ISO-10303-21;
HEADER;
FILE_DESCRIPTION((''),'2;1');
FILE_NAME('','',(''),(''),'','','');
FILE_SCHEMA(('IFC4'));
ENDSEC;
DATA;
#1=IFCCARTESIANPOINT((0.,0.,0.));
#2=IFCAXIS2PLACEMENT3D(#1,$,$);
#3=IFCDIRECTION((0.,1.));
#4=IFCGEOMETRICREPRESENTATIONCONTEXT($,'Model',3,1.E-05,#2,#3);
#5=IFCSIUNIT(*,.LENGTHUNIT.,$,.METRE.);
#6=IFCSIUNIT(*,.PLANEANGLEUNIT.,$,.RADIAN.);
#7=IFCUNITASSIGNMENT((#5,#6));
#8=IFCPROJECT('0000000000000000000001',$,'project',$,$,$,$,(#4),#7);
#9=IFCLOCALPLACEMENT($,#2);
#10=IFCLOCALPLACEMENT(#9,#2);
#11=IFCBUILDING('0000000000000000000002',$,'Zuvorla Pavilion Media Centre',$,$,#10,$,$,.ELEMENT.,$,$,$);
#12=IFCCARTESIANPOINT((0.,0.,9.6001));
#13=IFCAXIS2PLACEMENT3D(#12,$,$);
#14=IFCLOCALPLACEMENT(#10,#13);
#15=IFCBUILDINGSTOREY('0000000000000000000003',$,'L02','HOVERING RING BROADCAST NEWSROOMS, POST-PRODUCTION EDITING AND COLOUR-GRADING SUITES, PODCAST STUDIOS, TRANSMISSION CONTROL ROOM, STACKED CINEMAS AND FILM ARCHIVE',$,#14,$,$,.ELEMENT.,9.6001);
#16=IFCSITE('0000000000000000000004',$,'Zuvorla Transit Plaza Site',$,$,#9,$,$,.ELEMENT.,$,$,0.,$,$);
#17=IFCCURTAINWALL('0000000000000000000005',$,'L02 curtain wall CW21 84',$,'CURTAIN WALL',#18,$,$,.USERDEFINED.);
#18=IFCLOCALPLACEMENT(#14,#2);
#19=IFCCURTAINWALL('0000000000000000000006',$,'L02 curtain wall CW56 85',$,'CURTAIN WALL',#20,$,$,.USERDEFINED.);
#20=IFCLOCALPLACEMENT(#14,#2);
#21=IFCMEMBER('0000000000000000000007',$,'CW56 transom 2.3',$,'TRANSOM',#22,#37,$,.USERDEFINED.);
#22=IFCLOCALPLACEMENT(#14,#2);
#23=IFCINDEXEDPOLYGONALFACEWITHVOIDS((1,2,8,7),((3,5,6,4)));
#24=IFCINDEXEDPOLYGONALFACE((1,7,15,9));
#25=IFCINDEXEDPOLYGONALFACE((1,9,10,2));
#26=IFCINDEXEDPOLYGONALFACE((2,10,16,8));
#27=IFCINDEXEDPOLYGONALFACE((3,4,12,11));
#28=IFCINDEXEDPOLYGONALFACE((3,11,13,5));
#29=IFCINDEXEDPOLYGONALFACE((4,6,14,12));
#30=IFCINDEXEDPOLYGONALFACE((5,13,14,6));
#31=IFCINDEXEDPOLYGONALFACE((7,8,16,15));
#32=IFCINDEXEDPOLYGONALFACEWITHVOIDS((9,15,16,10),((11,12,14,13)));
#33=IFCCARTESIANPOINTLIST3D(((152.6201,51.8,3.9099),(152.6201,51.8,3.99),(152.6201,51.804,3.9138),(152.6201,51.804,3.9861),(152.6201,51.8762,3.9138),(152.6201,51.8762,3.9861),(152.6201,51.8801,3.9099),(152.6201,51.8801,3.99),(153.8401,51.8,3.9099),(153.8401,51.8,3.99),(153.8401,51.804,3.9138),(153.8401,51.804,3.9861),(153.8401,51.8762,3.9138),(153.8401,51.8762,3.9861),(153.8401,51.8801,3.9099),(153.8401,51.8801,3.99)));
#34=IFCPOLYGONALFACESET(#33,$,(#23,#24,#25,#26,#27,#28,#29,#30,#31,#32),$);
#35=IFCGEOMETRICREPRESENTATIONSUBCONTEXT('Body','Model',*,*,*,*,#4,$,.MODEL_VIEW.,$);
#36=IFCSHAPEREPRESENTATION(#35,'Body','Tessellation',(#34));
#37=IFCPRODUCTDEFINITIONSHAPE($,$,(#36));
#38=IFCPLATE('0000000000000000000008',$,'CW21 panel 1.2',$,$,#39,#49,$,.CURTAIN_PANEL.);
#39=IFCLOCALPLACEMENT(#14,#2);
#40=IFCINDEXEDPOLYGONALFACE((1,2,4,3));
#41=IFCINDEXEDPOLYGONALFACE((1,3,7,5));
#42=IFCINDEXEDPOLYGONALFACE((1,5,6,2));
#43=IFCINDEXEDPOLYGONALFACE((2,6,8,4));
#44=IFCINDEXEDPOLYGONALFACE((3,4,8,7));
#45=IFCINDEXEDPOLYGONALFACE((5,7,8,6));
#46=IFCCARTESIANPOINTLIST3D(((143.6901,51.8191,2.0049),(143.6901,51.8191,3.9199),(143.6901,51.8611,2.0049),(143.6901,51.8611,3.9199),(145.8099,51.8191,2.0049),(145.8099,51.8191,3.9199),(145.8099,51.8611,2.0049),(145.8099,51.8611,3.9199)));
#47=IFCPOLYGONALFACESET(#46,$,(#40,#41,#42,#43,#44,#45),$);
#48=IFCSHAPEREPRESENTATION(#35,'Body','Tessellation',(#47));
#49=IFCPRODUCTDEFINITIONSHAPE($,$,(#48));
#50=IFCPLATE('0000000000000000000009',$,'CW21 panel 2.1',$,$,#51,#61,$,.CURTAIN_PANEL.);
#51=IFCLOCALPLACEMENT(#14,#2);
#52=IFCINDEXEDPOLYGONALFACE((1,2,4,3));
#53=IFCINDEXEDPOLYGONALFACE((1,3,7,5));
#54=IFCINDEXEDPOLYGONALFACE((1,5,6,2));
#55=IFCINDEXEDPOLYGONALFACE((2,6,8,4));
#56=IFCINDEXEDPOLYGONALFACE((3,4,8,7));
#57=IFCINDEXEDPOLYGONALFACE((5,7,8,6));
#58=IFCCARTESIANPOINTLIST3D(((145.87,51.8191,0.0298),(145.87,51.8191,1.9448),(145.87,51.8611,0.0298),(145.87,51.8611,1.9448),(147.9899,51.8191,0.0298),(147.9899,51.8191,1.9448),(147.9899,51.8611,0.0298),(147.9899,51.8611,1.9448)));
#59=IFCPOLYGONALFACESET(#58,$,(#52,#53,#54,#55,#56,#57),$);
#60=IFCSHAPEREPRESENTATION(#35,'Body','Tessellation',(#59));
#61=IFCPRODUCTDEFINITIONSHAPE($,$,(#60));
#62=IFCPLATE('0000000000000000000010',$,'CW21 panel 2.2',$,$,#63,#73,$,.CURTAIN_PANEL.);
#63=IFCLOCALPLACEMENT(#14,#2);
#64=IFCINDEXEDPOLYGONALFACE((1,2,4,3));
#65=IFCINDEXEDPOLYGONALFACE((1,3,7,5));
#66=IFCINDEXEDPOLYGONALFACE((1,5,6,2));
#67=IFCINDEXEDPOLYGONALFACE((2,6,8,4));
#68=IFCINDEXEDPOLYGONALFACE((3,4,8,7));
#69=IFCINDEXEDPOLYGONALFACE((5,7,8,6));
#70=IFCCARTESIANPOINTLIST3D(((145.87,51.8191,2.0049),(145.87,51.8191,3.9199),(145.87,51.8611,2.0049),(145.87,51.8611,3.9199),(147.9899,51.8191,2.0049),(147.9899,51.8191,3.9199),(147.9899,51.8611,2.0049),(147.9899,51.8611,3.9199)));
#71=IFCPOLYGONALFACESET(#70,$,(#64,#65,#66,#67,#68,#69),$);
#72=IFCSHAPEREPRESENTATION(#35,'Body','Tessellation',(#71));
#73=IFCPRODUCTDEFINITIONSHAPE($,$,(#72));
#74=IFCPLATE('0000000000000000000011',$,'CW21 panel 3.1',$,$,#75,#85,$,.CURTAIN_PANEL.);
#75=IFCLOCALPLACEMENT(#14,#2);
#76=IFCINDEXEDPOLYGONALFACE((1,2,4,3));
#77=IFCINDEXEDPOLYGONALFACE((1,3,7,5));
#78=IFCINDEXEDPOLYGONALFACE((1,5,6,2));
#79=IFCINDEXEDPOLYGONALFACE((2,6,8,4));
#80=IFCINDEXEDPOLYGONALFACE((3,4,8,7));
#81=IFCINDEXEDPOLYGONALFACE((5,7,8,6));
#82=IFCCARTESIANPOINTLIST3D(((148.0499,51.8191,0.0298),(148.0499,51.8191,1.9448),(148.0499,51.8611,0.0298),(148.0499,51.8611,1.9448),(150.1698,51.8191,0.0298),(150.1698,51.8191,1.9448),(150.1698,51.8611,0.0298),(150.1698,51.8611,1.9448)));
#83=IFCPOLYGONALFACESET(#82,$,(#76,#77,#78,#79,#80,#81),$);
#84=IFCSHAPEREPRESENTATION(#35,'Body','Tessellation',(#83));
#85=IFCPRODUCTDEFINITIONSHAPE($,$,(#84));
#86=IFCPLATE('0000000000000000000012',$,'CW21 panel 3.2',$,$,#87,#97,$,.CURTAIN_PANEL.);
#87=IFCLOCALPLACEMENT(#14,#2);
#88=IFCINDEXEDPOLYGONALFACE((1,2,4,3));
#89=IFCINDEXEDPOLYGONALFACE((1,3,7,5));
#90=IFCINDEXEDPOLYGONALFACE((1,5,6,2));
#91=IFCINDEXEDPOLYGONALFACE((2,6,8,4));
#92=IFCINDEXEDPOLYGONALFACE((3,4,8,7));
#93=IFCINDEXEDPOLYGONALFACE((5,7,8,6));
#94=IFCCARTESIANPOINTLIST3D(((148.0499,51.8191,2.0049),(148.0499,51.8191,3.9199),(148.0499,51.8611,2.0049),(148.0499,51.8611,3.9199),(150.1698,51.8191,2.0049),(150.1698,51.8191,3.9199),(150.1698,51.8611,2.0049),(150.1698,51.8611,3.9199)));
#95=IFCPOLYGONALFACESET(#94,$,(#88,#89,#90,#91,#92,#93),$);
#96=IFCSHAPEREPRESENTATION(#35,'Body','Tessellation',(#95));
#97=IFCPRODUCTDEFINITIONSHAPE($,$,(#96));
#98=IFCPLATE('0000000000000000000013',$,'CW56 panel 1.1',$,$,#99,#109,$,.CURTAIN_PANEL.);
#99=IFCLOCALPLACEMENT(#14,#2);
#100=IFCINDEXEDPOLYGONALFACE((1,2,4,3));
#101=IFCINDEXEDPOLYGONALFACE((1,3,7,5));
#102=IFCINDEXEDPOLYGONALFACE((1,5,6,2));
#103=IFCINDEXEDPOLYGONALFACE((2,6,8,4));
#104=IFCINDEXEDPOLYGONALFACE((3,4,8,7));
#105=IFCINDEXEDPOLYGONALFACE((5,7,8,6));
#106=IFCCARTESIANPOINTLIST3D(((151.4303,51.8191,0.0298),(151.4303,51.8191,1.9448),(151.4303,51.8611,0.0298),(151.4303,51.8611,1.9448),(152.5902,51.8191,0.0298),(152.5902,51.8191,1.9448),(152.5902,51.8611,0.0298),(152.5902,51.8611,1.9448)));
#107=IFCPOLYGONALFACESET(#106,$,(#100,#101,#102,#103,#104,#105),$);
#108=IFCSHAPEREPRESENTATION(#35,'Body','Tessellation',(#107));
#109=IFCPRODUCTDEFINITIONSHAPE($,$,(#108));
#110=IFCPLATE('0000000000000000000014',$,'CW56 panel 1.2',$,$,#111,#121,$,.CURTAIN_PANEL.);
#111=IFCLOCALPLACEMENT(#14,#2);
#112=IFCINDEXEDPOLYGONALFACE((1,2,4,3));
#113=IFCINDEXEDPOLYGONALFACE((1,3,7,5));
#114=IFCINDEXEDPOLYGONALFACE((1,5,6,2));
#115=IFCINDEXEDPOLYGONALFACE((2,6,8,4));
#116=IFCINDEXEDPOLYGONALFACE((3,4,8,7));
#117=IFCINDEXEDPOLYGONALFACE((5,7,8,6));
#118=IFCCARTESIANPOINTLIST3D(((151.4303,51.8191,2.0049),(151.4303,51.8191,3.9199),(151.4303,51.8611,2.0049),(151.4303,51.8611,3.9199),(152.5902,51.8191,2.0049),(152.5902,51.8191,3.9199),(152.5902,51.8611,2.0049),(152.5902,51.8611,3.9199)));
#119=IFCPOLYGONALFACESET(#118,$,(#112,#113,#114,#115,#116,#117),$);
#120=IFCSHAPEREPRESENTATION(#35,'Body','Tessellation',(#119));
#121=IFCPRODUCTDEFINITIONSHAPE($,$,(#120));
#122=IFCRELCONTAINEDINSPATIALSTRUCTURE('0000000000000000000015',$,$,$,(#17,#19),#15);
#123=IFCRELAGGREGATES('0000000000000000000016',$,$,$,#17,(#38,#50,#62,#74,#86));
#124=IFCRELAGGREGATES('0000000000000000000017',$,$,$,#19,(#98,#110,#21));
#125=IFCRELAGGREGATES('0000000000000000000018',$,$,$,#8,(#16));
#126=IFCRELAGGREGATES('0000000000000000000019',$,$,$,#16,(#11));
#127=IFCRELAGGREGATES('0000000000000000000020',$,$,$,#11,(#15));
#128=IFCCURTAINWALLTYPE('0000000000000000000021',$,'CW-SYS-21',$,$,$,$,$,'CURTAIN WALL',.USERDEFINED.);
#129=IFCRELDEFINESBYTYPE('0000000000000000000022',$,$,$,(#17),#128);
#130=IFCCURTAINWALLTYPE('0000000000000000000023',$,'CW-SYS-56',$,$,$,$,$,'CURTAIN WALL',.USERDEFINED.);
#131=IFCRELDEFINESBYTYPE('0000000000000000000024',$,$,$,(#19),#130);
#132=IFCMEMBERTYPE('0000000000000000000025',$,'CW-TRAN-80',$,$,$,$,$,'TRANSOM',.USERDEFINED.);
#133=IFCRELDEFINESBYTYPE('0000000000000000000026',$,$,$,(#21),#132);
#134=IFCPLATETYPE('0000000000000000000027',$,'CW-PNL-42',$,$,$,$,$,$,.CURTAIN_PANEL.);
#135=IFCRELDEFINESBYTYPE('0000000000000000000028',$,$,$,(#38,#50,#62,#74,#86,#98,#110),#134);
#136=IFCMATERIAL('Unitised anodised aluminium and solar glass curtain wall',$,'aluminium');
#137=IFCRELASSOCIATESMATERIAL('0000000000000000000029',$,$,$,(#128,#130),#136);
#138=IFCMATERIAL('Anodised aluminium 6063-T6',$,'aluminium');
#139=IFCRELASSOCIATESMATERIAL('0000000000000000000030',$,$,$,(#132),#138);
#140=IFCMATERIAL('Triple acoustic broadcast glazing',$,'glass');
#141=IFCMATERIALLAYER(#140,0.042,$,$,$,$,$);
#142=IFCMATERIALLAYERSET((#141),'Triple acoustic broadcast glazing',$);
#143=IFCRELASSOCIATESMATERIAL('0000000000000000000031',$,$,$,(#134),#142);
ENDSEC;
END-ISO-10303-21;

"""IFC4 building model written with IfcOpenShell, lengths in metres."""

from ifc_helpers import new_model, si_unit, direction, frame, origin, origin_2d, place, context, subcontext, project, spatial, rectangle, hollow_rectangle, extrude, material, layer, layer_set, material_profile, profile_set, type_object, element, aggregate, save


model = new_model("IFC4")

# Units and contexts
model_context = context("Model", 3, precision=1e-05, world=origin(), true_north=direction((0.0, 1.0)))
body_context = subcontext(model_context, "Body", "Model", "MODEL_VIEW")
ifc_project = project(units=[si_unit("LENGTHUNIT", "METRE"), si_unit("PLANEANGLEUNIT", "RADIAN")], contexts=[model_context])

# Site, building, storey
site_placement = place(None, origin())
site = spatial("IfcSite", under=ifc_project, at=site_placement, Name="Zuvorla Transit Plaza Site", CompositionType="ELEMENT", RefElevation=0.0)
building_placement = place(site_placement, origin())
building = spatial("IfcBuilding", under=site, at=building_placement, Name="Zuvorla Pavilion Media Centre", CompositionType="ELEMENT")
storey_placement = place(building_placement, frame((0.0, 0.0, 9.6001)))
storey = spatial("IfcBuildingStorey", under=building, at=storey_placement, Name="L02", Description="HOVERING RING BROADCAST NEWSROOMS, POST-PRODUCTION EDITING AND COLOUR-GRADING SUITES, PODCAST STUDIOS, TRANSMISSION CONTROL ROOM, STACKED CINEMAS AND FILM ARCHIVE", CompositionType="ELEMENT", Elevation=9.6001)

# Curtain walls
ifc_material_1 = material(Name="Unitised anodised aluminium and solar glass curtain wall", Category="aluminium")
curtain_wall_type_1 = type_object("IfcCurtainWallType", Name="CW-SYS-21", ElementType="CURTAIN WALL", PredefinedType="USERDEFINED", material=ifc_material_1)
curtain_wall_1_placement = place(storey_placement, origin())
curtain_wall_1 = element("IfcCurtainWall", 1, at=curtain_wall_1_placement, inside=storey, type_object=curtain_wall_type_1, Name="L02 curtain wall CW21 84", ObjectType="CURTAIN WALL", PredefinedType="USERDEFINED")
ifc_material_2 = material(Name="Anodised aluminium 6063-T6", Category="aluminium")
curtain_wall_type_2 = type_object("IfcCurtainWallType", Name="CW-SYS-56", ElementType="CURTAIN WALL", PredefinedType="USERDEFINED", material=ifc_material_1)
curtain_wall_2_placement = place(storey_placement, origin())
curtain_wall_2 = element("IfcCurtainWall", 2, at=curtain_wall_2_placement, inside=storey, type_object=curtain_wall_type_2, Name="L02 curtain wall CW56 85", ObjectType="CURTAIN WALL", PredefinedType="USERDEFINED")

# Member
ifc_material_profile_1 = material_profile(ifc_material_2, hollow_rectangle(XDim=0.0801, YDim=0.0801, WallThickness=0.0039, at=origin_2d()), Name="ALU TRAN 80x80")
ifc_profile_set_1 = profile_set([ifc_material_profile_1], Name="Anodised aluminium 6063-T6")
member_type_1 = type_object("IfcMemberType", Name="CW-TRAN-80", ElementType="TRANSOM", PredefinedType="USERDEFINED", material=ifc_profile_set_1)
member_1_placement = place(storey_placement, frame((152.6201, 51.8401, 3.95), z_axis=(1.0, 0.0, 0.0), x_axis=(0.0, 1.0, 0.0)))
member_1 = element("IfcMember", 3, at=member_1_placement, type_object=member_type_1, Name="CW56 transom 2.3", ObjectType="TRANSOM", PredefinedType="USERDEFINED", context=body_context, shape_type="SweptSolid", body=[
    extrude(hollow_rectangle(XDim=0.0801, YDim=0.0801, WallThickness=0.0039, at=origin_2d()), origin(), (0.0, 0.0, 1.0), 1.22),
])

# Plates
ifc_material_3 = material(Name="Triple acoustic broadcast glazing", Category="glass")
ifc_layer = layer(ifc_material_3, 0.042)
ifc_layer_set = layer_set([ifc_layer], Name="Triple acoustic broadcast glazing")
plate_type = type_object("IfcPlateType", Name="CW-PNL-42", PredefinedType="CURTAIN_PANEL", material=ifc_layer_set)
plate_1_placement = place(storey_placement, frame((144.75, 51.8401, 2.0049), z_axis=(0.0, 0.0, 1.0), x_axis=(1.0, 0.0, 0.0)))
plate_1 = element("IfcPlate", 4, at=plate_1_placement, type_object=plate_type, Name="CW21 panel 1.2", PredefinedType="CURTAIN_PANEL", context=body_context, shape_type="SweptSolid", body=[
    extrude(rectangle(XDim=2.1199, YDim=0.042, at=origin_2d()), origin(), (0.0, 0.0, 1.0), 1.915),
])
plate_2_placement = place(storey_placement, frame((146.9299, 51.8401, 0.0298), z_axis=(0.0, 0.0, 1.0), x_axis=(1.0, 0.0, 0.0)))
plate_2 = element("IfcPlate", 5, at=plate_2_placement, type_object=plate_type, Name="CW21 panel 2.1", PredefinedType="CURTAIN_PANEL", context=body_context, shape_type="SweptSolid", body=[
    extrude(rectangle(XDim=2.1199, YDim=0.042, at=origin_2d()), origin(), (0.0, 0.0, 1.0), 1.915),
])
plate_3_placement = place(storey_placement, frame((146.9299, 51.8401, 2.0049), z_axis=(0.0, 0.0, 1.0), x_axis=(1.0, 0.0, 0.0)))
plate_3 = element("IfcPlate", 6, at=plate_3_placement, type_object=plate_type, Name="CW21 panel 2.2", PredefinedType="CURTAIN_PANEL", context=body_context, shape_type="SweptSolid", body=[
    extrude(rectangle(XDim=2.1199, YDim=0.042, at=origin_2d()), origin(), (0.0, 0.0, 1.0), 1.915),
])
plate_4_placement = place(storey_placement, frame((149.1099, 51.8401, 0.0298), z_axis=(0.0, 0.0, 1.0), x_axis=(1.0, 0.0, 0.0)))
plate_4 = element("IfcPlate", 7, at=plate_4_placement, type_object=plate_type, Name="CW21 panel 3.1", PredefinedType="CURTAIN_PANEL", context=body_context, shape_type="SweptSolid", body=[
    extrude(rectangle(XDim=2.1199, YDim=0.042, at=origin_2d()), origin(), (0.0, 0.0, 1.0), 1.915),
])
plate_5_placement = place(storey_placement, frame((149.1099, 51.8401, 2.0049), z_axis=(0.0, 0.0, 1.0), x_axis=(1.0, 0.0, 0.0)))
plate_5 = element("IfcPlate", 8, at=plate_5_placement, type_object=plate_type, Name="CW21 panel 3.2", PredefinedType="CURTAIN_PANEL", context=body_context, shape_type="SweptSolid", body=[
    extrude(rectangle(XDim=2.1199, YDim=0.042, at=origin_2d()), origin(), (0.0, 0.0, 1.0), 1.915),
])
aggregate(curtain_wall_1, [plate_1, plate_2, plate_3, plate_4, plate_5])
plate_6_placement = place(storey_placement, frame((152.0103, 51.8401, 0.0298), z_axis=(0.0, 0.0, 1.0), x_axis=(1.0, 0.0, 0.0)))
plate_6 = element("IfcPlate", 9, at=plate_6_placement, type_object=plate_type, Name="CW56 panel 1.1", PredefinedType="CURTAIN_PANEL", context=body_context, shape_type="SweptSolid", body=[
    extrude(rectangle(XDim=1.1599, YDim=0.042, at=origin_2d()), origin(), (0.0, 0.0, 1.0), 1.915),
])
plate_7_placement = place(storey_placement, frame((152.0103, 51.8401, 2.0049), z_axis=(0.0, 0.0, 1.0), x_axis=(1.0, 0.0, 0.0)))
plate_7 = element("IfcPlate", 10, at=plate_7_placement, type_object=plate_type, Name="CW56 panel 1.2", PredefinedType="CURTAIN_PANEL", context=body_context, shape_type="SweptSolid", body=[
    extrude(rectangle(XDim=1.1599, YDim=0.042, at=origin_2d()), origin(), (0.0, 0.0, 1.0), 1.915),
])
aggregate(curtain_wall_2, [plate_6, plate_7, member_1])

save(model, "model.ifc")
